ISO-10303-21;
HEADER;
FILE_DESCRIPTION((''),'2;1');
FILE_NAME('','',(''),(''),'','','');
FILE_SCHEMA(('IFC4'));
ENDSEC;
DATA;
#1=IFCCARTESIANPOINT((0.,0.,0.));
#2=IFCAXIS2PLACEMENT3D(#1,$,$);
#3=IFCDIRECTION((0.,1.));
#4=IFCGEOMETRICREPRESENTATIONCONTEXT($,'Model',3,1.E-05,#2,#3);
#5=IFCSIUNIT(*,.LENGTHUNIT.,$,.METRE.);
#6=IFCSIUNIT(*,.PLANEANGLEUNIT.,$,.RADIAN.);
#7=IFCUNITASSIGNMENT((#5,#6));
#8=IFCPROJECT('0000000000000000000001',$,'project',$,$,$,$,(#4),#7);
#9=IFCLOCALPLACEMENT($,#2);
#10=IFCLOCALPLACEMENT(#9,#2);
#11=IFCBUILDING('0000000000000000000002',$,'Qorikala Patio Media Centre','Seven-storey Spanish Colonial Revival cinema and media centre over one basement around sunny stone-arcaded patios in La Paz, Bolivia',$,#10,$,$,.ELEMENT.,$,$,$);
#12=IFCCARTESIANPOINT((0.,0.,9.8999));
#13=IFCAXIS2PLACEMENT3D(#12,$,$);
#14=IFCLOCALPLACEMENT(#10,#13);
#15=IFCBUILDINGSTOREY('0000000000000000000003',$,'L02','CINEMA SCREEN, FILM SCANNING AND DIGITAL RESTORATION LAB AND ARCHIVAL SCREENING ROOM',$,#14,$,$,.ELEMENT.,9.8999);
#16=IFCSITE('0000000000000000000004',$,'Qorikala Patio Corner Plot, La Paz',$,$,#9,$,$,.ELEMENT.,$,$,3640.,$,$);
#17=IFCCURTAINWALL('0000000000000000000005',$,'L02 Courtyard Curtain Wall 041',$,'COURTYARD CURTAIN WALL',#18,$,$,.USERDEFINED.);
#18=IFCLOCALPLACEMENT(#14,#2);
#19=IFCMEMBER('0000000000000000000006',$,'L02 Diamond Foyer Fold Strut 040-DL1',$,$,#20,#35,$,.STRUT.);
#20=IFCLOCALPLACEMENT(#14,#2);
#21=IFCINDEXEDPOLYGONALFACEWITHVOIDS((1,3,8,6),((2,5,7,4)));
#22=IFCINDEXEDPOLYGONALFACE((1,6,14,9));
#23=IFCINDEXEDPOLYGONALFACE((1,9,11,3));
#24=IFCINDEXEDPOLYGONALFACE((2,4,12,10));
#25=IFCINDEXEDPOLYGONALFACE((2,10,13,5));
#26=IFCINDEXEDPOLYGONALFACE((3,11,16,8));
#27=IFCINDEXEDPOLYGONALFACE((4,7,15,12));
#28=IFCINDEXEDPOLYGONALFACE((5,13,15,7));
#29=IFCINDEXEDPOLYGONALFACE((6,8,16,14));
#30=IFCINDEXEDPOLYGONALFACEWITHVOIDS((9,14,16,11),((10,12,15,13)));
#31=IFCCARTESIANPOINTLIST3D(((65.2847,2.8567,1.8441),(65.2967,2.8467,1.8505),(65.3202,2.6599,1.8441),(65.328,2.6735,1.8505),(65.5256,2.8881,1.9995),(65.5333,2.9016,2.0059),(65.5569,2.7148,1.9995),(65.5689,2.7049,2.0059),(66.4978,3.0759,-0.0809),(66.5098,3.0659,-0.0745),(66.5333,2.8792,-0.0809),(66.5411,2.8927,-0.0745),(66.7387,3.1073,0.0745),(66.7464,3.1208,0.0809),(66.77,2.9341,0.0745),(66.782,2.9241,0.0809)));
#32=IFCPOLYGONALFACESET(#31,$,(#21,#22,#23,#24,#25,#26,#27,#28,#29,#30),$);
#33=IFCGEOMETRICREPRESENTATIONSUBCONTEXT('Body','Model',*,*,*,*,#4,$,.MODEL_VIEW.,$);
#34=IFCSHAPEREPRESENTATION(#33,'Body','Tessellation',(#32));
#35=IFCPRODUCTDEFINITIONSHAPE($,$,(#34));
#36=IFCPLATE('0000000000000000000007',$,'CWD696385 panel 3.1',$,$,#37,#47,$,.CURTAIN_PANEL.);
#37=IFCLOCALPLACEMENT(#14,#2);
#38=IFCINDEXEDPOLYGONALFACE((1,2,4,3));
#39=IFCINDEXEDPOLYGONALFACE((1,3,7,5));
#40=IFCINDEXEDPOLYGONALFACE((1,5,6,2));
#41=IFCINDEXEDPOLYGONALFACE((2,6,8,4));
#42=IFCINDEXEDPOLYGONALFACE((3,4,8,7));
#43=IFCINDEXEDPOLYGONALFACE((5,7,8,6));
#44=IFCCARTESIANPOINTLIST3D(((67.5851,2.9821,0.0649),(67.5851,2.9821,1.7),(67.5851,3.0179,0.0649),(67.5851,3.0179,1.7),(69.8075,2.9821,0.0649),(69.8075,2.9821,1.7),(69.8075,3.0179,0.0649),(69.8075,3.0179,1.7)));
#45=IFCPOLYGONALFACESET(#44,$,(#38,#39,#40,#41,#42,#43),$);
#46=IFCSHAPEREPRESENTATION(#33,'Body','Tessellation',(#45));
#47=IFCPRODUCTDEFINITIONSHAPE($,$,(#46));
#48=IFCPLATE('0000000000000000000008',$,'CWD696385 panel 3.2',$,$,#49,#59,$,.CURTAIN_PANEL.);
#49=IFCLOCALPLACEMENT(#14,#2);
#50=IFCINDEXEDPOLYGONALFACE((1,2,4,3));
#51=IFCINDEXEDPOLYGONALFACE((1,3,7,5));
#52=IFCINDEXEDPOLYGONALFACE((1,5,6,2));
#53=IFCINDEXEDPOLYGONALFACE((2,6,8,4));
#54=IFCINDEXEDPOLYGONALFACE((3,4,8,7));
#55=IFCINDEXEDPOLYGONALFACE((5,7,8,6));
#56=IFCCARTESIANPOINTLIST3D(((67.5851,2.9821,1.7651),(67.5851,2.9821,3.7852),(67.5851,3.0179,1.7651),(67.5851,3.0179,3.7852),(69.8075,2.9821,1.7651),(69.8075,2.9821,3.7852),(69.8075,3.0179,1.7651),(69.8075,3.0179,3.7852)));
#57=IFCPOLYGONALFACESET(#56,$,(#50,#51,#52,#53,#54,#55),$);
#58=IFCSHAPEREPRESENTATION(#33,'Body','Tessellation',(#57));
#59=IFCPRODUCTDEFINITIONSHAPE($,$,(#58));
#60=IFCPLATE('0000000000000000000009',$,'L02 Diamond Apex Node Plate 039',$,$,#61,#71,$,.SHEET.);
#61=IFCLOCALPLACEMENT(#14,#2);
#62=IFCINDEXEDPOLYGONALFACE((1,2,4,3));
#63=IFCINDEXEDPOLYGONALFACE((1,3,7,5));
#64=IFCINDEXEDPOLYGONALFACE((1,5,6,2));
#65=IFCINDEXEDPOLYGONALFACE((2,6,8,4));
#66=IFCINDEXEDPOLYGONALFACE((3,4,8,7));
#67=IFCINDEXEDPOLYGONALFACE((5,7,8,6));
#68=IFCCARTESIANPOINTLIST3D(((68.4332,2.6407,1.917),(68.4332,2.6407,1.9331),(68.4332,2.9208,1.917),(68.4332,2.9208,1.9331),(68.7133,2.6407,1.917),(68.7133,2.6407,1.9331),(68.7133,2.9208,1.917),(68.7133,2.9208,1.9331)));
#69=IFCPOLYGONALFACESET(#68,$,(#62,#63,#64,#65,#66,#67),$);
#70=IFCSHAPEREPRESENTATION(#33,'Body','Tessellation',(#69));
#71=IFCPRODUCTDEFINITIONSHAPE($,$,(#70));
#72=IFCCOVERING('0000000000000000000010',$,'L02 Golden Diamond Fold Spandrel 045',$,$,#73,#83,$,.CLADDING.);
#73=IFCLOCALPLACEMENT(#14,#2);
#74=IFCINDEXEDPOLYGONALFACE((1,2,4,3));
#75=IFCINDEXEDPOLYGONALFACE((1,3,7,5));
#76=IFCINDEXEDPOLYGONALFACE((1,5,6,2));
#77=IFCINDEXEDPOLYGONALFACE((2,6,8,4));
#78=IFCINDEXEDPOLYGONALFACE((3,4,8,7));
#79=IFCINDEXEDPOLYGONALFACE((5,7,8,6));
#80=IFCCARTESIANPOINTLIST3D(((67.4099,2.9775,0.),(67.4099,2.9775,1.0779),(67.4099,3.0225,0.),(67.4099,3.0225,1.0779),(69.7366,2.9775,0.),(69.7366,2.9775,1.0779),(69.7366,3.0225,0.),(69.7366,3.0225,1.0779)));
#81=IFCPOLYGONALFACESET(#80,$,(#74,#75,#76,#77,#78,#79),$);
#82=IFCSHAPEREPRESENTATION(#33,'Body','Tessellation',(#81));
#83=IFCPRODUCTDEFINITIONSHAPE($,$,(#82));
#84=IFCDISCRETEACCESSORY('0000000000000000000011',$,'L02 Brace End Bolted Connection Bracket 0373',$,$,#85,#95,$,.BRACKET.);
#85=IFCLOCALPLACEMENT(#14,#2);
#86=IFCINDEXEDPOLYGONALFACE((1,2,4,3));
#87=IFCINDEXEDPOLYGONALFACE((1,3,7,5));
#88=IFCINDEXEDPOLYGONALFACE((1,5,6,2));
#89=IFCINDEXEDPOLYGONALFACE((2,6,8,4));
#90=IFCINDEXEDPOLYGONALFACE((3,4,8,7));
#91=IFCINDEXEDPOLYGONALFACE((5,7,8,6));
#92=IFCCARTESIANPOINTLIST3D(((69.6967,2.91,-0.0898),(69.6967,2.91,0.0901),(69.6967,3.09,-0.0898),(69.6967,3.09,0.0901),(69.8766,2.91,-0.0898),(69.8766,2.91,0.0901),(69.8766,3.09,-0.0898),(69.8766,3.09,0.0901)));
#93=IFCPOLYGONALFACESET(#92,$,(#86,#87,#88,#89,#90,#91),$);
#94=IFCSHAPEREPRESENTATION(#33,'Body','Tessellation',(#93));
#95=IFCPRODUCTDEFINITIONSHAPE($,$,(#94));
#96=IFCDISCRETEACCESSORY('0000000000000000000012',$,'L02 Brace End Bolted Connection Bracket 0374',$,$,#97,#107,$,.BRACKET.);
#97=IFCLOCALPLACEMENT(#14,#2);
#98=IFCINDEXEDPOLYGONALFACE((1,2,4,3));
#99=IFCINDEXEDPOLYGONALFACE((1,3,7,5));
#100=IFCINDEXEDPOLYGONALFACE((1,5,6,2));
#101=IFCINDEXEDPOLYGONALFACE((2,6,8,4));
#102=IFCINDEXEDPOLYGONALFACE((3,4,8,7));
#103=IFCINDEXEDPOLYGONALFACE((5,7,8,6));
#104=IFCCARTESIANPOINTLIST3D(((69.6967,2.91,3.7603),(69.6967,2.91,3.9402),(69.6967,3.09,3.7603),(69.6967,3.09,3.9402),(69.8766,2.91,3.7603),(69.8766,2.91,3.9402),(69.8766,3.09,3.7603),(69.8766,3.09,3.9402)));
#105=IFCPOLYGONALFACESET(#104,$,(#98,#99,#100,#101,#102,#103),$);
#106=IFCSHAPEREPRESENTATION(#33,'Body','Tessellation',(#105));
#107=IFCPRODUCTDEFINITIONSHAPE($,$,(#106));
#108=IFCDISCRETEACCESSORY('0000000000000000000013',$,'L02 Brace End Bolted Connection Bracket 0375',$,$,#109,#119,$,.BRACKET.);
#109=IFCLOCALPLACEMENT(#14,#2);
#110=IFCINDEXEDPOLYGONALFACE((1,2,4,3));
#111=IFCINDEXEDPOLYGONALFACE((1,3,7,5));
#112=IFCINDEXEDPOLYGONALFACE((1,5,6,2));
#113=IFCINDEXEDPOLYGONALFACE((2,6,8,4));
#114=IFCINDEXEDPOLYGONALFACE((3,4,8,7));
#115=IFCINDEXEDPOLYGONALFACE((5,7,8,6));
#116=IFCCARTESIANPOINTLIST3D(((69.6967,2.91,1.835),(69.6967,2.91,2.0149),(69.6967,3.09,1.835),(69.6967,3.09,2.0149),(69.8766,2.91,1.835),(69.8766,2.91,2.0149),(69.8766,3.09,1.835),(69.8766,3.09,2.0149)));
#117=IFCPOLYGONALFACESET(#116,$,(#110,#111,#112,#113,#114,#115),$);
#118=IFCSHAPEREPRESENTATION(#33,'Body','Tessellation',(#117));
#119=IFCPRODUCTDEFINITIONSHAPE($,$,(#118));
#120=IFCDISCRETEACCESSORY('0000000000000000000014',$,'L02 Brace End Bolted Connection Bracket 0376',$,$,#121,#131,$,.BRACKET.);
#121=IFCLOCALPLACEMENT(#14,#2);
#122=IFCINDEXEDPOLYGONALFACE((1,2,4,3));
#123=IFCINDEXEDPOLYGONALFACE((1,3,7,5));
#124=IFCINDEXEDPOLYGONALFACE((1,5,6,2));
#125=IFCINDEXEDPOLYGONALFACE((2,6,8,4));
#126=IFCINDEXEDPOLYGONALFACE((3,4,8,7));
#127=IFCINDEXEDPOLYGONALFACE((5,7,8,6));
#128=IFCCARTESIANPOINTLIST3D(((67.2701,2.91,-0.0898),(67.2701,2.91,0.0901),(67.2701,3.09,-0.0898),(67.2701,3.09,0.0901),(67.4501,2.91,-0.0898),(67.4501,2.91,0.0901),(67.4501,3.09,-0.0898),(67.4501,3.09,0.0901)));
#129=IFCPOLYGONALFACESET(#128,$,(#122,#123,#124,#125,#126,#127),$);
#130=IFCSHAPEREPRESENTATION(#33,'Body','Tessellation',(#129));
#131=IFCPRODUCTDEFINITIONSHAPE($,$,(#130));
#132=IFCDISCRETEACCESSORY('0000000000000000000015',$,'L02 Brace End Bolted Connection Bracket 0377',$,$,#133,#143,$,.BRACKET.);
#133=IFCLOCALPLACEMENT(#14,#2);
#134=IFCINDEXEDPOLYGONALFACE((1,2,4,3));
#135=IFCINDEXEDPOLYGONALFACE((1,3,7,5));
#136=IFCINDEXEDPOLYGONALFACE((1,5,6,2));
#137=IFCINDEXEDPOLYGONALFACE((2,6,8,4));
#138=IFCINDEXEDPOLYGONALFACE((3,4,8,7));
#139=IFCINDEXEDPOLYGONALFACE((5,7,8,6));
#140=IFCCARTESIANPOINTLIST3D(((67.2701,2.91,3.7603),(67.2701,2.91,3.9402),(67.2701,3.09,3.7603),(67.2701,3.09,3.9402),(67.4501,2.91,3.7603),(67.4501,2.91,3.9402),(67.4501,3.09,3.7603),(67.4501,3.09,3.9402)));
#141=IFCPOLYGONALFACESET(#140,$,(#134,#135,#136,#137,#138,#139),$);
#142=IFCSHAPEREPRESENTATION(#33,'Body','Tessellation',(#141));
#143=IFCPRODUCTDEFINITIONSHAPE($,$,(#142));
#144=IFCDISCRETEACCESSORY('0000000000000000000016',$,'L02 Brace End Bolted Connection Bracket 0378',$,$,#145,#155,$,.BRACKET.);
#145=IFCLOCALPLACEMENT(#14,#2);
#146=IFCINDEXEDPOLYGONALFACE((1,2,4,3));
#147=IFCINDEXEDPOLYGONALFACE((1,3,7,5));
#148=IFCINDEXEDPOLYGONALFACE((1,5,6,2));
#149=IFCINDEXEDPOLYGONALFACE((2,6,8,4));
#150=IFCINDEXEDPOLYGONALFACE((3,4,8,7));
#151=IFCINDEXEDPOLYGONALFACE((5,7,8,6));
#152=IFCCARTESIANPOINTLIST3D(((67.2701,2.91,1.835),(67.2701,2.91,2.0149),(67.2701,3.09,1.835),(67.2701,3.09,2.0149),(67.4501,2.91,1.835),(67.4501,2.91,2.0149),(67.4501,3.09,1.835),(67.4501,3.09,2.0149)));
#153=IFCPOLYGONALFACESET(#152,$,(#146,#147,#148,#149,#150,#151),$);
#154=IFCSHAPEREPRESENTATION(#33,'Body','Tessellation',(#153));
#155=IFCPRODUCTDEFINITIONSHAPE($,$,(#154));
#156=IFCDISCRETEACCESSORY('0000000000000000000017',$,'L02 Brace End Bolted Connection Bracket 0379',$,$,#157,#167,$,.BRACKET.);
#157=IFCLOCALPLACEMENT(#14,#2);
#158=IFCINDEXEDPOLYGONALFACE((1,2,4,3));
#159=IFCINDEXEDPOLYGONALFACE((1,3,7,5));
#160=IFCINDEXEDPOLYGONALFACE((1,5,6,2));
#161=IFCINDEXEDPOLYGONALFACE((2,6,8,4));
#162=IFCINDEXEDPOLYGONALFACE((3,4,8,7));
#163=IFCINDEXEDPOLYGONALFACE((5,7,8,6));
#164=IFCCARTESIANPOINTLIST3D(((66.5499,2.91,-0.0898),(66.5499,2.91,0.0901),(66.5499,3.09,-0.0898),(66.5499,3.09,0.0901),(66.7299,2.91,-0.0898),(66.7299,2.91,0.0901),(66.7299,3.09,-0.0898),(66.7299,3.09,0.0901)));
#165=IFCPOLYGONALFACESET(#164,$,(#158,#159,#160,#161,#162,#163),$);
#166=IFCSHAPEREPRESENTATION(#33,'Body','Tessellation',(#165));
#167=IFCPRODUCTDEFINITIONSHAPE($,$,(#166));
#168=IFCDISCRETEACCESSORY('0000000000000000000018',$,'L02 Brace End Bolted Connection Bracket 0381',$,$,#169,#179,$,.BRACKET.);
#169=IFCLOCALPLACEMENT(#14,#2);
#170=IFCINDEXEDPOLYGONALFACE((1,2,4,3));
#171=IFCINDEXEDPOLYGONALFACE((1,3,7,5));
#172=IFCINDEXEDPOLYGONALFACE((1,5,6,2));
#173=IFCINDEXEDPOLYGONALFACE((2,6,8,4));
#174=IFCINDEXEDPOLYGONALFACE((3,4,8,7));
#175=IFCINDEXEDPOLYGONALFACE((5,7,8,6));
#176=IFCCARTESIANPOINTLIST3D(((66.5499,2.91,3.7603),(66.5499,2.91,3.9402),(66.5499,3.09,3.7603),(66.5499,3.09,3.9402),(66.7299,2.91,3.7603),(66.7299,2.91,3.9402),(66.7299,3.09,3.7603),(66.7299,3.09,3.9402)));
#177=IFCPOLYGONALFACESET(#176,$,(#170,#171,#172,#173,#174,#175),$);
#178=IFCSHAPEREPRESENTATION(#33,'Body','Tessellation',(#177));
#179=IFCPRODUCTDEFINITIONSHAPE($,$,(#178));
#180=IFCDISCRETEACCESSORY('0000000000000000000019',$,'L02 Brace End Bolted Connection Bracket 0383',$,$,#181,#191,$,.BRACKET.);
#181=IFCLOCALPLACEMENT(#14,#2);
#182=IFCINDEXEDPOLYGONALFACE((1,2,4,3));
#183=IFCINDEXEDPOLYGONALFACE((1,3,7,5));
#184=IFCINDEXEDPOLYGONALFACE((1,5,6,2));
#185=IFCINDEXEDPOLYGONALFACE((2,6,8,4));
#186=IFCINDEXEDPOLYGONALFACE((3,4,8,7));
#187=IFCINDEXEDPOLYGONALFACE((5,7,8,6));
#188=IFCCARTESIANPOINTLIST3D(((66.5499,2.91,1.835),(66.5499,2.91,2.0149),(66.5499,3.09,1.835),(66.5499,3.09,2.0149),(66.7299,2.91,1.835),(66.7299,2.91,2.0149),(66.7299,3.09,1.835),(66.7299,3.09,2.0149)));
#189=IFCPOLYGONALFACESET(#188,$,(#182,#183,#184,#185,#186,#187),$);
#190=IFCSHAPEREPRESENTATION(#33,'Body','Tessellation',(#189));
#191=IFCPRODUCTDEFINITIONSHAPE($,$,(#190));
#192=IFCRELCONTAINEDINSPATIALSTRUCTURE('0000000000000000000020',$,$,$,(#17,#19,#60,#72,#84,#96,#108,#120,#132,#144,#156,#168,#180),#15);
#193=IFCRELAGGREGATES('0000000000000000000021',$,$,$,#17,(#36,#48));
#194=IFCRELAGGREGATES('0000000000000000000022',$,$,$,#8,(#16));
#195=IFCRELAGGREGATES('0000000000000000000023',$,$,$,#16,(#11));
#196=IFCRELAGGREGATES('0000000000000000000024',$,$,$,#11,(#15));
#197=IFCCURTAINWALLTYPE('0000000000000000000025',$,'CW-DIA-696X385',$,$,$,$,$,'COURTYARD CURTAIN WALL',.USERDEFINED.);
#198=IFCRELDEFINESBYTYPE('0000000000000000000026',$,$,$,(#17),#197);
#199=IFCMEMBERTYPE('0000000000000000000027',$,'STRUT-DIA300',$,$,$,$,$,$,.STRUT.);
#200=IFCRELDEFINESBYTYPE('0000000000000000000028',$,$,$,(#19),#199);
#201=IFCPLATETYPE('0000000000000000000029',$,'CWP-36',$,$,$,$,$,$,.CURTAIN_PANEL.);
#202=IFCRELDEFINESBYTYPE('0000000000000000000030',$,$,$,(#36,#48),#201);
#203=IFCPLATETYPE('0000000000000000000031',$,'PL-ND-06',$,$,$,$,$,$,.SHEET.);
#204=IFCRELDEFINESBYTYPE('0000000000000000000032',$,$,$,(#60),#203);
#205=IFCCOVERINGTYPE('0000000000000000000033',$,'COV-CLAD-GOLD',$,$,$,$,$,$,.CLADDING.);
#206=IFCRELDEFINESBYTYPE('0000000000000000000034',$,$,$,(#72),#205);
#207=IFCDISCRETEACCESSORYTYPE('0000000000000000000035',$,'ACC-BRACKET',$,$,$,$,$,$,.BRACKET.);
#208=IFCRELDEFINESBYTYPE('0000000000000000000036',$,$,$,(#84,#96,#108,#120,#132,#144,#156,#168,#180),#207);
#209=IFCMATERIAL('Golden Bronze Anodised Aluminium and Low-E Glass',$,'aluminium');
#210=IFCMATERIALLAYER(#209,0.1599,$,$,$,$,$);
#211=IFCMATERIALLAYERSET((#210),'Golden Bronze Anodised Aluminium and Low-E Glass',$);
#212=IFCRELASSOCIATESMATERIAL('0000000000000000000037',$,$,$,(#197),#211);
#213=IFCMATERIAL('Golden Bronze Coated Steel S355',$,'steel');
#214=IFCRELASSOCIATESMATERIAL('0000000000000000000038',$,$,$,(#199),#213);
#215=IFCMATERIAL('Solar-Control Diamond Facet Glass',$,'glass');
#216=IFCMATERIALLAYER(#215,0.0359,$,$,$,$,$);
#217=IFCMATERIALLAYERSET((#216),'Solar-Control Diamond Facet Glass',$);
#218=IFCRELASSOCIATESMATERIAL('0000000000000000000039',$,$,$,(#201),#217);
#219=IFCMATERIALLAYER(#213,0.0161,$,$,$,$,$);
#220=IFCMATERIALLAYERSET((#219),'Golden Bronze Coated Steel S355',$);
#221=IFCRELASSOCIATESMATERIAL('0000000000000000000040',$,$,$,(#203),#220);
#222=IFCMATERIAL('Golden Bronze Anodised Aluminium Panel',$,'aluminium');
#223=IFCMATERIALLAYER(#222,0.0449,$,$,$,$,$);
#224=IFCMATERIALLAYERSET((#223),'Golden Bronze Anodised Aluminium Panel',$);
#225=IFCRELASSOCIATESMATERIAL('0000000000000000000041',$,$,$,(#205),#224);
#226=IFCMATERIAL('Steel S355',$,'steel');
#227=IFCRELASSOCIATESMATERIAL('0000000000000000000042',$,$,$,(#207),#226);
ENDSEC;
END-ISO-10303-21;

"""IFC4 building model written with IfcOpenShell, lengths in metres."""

from ifc_helpers import new_model, si_unit, direction, frame, origin, origin_2d, place, context, subcontext, project, spatial, rectangle, hollow_rectangle, extrude, material, layer, layer_set, material_profile, profile_set, type_object, element, aggregate, save


model = new_model("IFC4")

# Units and contexts
model_context = context("Model", 3, precision=1e-05, world=origin(), true_north=direction((0.0, 1.0)))
body_context = subcontext(model_context, "Body", "Model", "MODEL_VIEW")
ifc_project = project(units=[si_unit("LENGTHUNIT", "METRE"), si_unit("PLANEANGLEUNIT", "RADIAN")], contexts=[model_context])

# Site, building, storey
site_placement = place(None, origin())
site = spatial("IfcSite", under=ifc_project, at=site_placement, Name="Qorikala Patio Corner Plot, La Paz", CompositionType="ELEMENT", RefElevation=3640.0)
building_placement = place(site_placement, origin())
building = spatial("IfcBuilding", under=site, at=building_placement, Name="Qorikala Patio Media Centre", Description="Seven-storey Spanish Colonial Revival cinema and media centre over one basement around sunny stone-arcaded patios in La Paz, Bolivia", CompositionType="ELEMENT")
storey_placement = place(building_placement, frame((0.0, 0.0, 9.8999)))
storey = spatial("IfcBuildingStorey", under=building, at=storey_placement, Name="L02", Description="CINEMA SCREEN, FILM SCANNING AND DIGITAL RESTORATION LAB AND ARCHIVAL SCREENING ROOM", CompositionType="ELEMENT", Elevation=9.8999)

# Shared definitions
ifc_material_1 = material(Name="Golden Bronze Coated Steel S355", Category="steel")

# Curtain wall
ifc_material_2 = material(Name="Golden Bronze Anodised Aluminium and Low-E Glass", Category="aluminium")
ifc_layer_1 = layer(ifc_material_2, 0.1599)
ifc_layer_set_1 = layer_set([ifc_layer_1], Name="Golden Bronze Anodised Aluminium and Low-E Glass")
curtain_wall_type = type_object("IfcCurtainWallType", Name="CW-DIA-696X385", ElementType="COURTYARD CURTAIN WALL", PredefinedType="USERDEFINED", material=ifc_layer_set_1)
curtain_wall_placement = place(storey_placement, origin())
curtain_wall = element("IfcCurtainWall", 1, at=curtain_wall_placement, inside=storey, type_object=curtain_wall_type, Name="L02 Courtyard Curtain Wall 041", ObjectType="COURTYARD CURTAIN WALL", PredefinedType="USERDEFINED")

# Member
ifc_material_profile_1 = material_profile(ifc_material_1, hollow_rectangle(XDim=0.2, YDim=0.3, WallThickness=0.012, at=origin_2d()), Name="HSS300X200X12")
ifc_profile_set_1 = profile_set([ifc_material_profile_1], Name="Golden Bronze Coated Steel S355")
member_type_1 = type_object("IfcMemberType", Name="STRUT-DIA300", PredefinedType="STRUT", material=ifc_profile_set_1)
for number, where, z_axis, x_axis, name in (
    (2, (66.6399, 3.0, 0.0), (-0.530691, -0.095907, 0.842121), (0.17784, -0.984059, 0.0), "L02 Diamond Foyer Fold Strut 040-DL1"),
):
    element("IfcMember", number, at=place(storey_placement, frame(where, z_axis=z_axis, x_axis=x_axis)), inside=storey, type_object=member_type_1, Name=name, PredefinedType="STRUT", context=body_context, shape_type="SweptSolid", body=[
        extrude(hollow_rectangle(XDim=0.2, YDim=0.3, WallThickness=0.012, at=origin_2d()), origin(), (0.0, 0.0, 1.0), 2.2859),
    ])

# Plates
ifc_material_3 = material(Name="Solar-Control Diamond Facet Glass", Category="glass")
ifc_layer_2 = layer(ifc_material_3, 0.0359)
ifc_layer_set_2 = layer_set([ifc_layer_2], Name="Solar-Control Diamond Facet Glass")
plate_type_1 = type_object("IfcPlateType", Name="CWP-36", PredefinedType="CURTAIN_PANEL", material=ifc_layer_set_2)
plate_1_placement = place(storey_placement, frame((68.6963, 3.0, 0.0649), z_axis=(0.0, 0.0, 1.0), x_axis=(-1.0, 0.0, 0.0)))
plate_1 = element("IfcPlate", 3, at=plate_1_placement, type_object=plate_type_1, Name="CWD696385 panel 3.1", PredefinedType="CURTAIN_PANEL", context=body_context, shape_type="SweptSolid", body=[
    extrude(rectangle(XDim=2.2224, YDim=0.0359, at=origin_2d()), origin(), (0.0, 0.0, 1.0), 1.635),
])
plate_2_placement = place(storey_placement, frame((68.6963, 3.0, 1.7651), z_axis=(0.0, 0.0, 1.0), x_axis=(-1.0, 0.0, 0.0)))
plate_2 = element("IfcPlate", 4, at=plate_2_placement, type_object=plate_type_1, Name="CWD696385 panel 3.2", PredefinedType="CURTAIN_PANEL", context=body_context, shape_type="SweptSolid", body=[
    extrude(rectangle(XDim=2.2224, YDim=0.0359, at=origin_2d()), origin(), (0.0, 0.0, 1.0), 2.02),
])
aggregate(curtain_wall, [plate_1, plate_2])
ifc_layer_3 = layer(ifc_material_1, 0.0161)
ifc_layer_set_3 = layer_set([ifc_layer_3], Name="Golden Bronze Coated Steel S355")
plate_type_2 = type_object("IfcPlateType", Name="PL-ND-06", PredefinedType="SHEET", material=ifc_layer_set_3)
plate_3_placement = place(storey_placement, frame((68.5732, 2.7808, 1.917), z_axis=(0.0, 0.0, 1.0), x_axis=(-1.0, 0.0, 0.0)))
element("IfcPlate", 5, at=plate_3_placement, inside=storey, type_object=plate_type_2, Name="L02 Diamond Apex Node Plate 039", PredefinedType="SHEET", context=body_context, shape_type="SweptSolid", body=[
    extrude(rectangle(XDim=0.28, YDim=0.28, at=origin_2d()), origin(), (0.0, 0.0, 1.0), 0.0161),
])

# Covering
ifc_material_4 = material(Name="Golden Bronze Anodised Aluminium Panel", Category="aluminium")
ifc_layer_4 = layer(ifc_material_4, 0.0449)
ifc_layer_set_4 = layer_set([ifc_layer_4], Name="Golden Bronze Anodised Aluminium Panel")
covering_type = type_object("IfcCoveringType", Name="COV-CLAD-GOLD", PredefinedType="CLADDING", material=ifc_layer_set_4)
covering_placement = place(storey_placement, frame((68.5732, 3.0, 0.0), z_axis=(0.0, 0.0, 1.0), x_axis=(-1.0, 0.0, 0.0)))
element("IfcCovering", 6, at=covering_placement, inside=storey, type_object=covering_type, Name="L02 Golden Diamond Fold Spandrel 045", PredefinedType="CLADDING", context=body_context, shape_type="SweptSolid", body=[
    extrude(rectangle(XDim=2.3267, YDim=0.0449, at=origin_2d()), origin(), (0.0, 0.0, 1.0), 1.0779),
])

# Discrete accessories
ifc_material_5 = material(Name="Steel S355", Category="steel")
discrete_accessory_type = type_object("IfcDiscreteAccessoryType", Name="ACC-BRACKET", PredefinedType="BRACKET", material=ifc_material_5)
for number, where, z_axis, x_axis, name in (
    (7, (69.7866, 3.0, -0.0898), (0.0, 0.0, 1.0), (1.0, 0.0, 0.0), "L02 Brace End Bolted Connection Bracket 0373"),
    (8, (69.7866, 3.0, 3.7603), (0.0, 0.0, 1.0), (1.0, 0.0, 0.0), "L02 Brace End Bolted Connection Bracket 0374"),
    (9, (69.7866, 3.0, 1.835), (0.0, 0.0, 1.0), (1.0, 0.0, 0.0), "L02 Brace End Bolted Connection Bracket 0375"),
    (10, (67.3601, 3.0, -0.0898), (0.0, 0.0, 1.0), (1.0, 0.0, 0.0), "L02 Brace End Bolted Connection Bracket 0376"),
    (11, (67.3601, 3.0, 3.7603), (0.0, 0.0, 1.0), (1.0, 0.0, 0.0), "L02 Brace End Bolted Connection Bracket 0377"),
    (12, (67.3601, 3.0, 1.835), (0.0, 0.0, 1.0), (1.0, 0.0, 0.0), "L02 Brace End Bolted Connection Bracket 0378"),
    (13, (66.6399, 3.0, -0.0898), (0.0, 0.0, 1.0), (1.0, 0.0, 0.0), "L02 Brace End Bolted Connection Bracket 0379"),
    (14, (66.6399, 3.0, 3.7603), (0.0, 0.0, 1.0), (1.0, 0.0, 0.0), "L02 Brace End Bolted Connection Bracket 0381"),
    (15, (66.6399, 3.0, 1.835), (0.0, 0.0, 1.0), (1.0, 0.0, 0.0), "L02 Brace End Bolted Connection Bracket 0383"),
):
    element("IfcDiscreteAccessory", number, at=place(storey_placement, frame(where, z_axis=z_axis, x_axis=x_axis)), inside=storey, type_object=discrete_accessory_type, Name=name, PredefinedType="BRACKET", context=body_context, shape_type="SweptSolid", body=[
        extrude(rectangle(XDim=0.1799, YDim=0.1799, at=origin_2d()), origin(), (0.0, 0.0, 1.0), 0.1799),
    ])

save(model, "model.ifc")
